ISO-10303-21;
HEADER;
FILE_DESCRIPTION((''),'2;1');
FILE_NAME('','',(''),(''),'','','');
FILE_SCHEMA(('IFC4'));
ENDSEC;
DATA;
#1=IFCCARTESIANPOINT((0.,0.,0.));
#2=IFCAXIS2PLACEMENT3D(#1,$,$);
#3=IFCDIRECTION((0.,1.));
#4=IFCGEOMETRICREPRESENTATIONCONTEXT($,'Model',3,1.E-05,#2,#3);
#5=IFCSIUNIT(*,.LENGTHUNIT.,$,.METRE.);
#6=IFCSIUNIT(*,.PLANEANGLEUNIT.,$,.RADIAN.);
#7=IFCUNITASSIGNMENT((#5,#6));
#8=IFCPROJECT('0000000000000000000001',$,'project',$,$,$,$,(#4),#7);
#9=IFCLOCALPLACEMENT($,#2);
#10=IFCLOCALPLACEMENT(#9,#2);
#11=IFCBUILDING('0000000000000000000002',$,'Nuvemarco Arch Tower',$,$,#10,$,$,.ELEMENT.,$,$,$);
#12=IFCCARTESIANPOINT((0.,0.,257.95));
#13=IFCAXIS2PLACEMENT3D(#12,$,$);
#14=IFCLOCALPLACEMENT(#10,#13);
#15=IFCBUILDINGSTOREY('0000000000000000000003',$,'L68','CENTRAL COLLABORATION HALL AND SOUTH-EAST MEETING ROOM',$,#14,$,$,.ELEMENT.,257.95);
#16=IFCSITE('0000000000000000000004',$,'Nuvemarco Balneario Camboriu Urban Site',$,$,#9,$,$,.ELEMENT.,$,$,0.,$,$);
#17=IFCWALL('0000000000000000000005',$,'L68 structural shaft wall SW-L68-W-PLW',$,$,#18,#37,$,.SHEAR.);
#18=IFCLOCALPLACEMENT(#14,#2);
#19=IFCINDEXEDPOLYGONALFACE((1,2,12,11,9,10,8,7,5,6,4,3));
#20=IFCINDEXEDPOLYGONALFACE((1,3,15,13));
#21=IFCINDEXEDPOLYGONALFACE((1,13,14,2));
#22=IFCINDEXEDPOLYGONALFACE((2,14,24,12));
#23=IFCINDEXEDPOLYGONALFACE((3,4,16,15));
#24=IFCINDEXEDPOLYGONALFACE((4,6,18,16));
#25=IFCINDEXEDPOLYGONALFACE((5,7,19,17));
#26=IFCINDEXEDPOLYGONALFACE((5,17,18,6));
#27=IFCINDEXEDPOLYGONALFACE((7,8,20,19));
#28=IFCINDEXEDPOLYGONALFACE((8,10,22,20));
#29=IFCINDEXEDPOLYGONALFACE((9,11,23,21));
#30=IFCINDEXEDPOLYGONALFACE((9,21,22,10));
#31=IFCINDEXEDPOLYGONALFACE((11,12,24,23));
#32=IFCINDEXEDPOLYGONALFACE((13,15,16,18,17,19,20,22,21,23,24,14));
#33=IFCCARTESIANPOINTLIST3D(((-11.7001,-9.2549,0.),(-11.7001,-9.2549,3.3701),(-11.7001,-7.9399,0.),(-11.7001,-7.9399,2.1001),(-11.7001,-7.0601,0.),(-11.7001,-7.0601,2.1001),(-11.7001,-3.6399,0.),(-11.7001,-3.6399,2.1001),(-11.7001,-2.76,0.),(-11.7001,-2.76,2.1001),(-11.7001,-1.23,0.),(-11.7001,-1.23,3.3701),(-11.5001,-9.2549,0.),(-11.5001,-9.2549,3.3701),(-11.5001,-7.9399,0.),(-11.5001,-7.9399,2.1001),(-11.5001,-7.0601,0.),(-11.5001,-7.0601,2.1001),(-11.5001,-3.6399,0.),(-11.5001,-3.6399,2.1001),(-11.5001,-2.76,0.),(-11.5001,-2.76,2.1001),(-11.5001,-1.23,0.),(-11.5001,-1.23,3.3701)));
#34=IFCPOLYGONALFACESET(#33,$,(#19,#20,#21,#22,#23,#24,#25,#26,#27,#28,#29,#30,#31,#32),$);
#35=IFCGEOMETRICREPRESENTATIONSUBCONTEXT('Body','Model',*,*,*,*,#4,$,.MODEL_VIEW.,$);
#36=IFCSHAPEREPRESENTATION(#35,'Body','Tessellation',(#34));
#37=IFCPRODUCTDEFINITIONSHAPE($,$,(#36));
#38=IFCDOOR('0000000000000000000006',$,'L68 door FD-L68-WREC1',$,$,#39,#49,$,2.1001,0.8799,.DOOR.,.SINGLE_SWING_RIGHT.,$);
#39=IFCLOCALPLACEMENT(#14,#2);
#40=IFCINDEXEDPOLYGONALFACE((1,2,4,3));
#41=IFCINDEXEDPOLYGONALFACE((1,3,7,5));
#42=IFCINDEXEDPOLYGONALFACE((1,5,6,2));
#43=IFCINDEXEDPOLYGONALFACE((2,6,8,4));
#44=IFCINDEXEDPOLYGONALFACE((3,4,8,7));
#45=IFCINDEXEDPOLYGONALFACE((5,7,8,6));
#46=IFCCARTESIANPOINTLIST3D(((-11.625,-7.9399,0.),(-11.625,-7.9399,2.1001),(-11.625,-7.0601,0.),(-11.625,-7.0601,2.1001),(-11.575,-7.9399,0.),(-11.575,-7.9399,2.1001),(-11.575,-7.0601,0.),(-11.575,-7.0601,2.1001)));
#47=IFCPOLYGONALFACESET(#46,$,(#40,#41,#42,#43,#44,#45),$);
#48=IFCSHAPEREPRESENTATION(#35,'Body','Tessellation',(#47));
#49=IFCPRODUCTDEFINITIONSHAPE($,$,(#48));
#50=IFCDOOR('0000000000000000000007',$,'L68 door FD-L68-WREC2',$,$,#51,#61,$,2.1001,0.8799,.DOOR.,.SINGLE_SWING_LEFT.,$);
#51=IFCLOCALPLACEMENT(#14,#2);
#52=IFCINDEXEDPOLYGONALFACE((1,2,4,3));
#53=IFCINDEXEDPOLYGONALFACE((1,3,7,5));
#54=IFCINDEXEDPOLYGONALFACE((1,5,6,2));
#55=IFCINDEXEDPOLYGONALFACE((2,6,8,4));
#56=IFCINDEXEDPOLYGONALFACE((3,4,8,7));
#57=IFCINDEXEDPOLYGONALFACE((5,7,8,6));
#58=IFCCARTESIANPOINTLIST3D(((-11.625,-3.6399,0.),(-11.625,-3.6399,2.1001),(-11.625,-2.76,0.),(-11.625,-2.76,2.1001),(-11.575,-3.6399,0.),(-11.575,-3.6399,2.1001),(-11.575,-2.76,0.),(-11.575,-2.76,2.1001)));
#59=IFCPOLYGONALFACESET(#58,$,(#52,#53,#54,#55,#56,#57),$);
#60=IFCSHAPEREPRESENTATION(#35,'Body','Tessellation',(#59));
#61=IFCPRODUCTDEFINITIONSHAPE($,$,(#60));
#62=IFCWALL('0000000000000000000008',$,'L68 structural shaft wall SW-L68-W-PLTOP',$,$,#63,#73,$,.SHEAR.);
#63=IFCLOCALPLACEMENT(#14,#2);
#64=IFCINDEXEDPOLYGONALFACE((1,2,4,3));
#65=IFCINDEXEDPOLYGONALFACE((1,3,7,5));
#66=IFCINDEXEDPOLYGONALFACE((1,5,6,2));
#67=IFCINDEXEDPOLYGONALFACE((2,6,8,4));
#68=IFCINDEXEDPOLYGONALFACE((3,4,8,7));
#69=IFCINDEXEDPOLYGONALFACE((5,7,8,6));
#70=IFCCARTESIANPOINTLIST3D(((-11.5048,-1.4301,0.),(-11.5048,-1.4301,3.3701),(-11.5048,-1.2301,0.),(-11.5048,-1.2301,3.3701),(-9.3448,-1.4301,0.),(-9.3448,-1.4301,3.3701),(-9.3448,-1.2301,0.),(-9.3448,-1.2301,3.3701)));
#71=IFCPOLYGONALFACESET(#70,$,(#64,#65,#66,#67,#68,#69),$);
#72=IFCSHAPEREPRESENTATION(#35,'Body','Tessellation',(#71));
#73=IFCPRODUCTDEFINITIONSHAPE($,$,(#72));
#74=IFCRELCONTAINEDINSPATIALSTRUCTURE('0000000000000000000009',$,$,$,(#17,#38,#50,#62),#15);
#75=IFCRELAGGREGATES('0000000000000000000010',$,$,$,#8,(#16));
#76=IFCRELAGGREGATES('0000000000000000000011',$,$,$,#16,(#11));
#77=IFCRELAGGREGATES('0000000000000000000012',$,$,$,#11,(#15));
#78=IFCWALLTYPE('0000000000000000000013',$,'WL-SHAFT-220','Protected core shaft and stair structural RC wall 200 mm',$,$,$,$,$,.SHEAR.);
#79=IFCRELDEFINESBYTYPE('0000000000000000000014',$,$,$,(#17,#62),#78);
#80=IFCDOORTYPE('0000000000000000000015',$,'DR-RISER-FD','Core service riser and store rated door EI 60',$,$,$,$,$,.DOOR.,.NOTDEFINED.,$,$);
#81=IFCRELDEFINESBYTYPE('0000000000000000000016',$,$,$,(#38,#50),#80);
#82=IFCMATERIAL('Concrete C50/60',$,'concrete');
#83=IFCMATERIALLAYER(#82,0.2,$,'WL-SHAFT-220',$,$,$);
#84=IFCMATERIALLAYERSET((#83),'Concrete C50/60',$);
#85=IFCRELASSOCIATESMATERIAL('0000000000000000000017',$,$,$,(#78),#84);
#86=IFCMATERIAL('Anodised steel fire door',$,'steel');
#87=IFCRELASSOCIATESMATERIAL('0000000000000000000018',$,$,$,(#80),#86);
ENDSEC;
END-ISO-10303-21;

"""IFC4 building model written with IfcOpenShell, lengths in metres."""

from ifc_helpers import new_model, si_unit, direction, frame, frame_2d, origin, place, context, subcontext, project, spatial, rectangle, extrude, source, transform, mapped, material, layer, layer_set, type_object, type_shapes, element, fill, save


model = new_model("IFC4")

# Units and contexts
model_context = context("Model", 3, precision=1e-05, world=origin(), true_north=direction((0.0, 1.0)))
body_context = subcontext(model_context, "Body", "Model", "MODEL_VIEW")
ifc_project = project(units=[si_unit("LENGTHUNIT", "METRE"), si_unit("PLANEANGLEUNIT", "RADIAN")], contexts=[model_context])

# Site, building, storey
site_placement = place(None, origin())
site = spatial("IfcSite", under=ifc_project, at=site_placement, Name="Nuvemarco Balneario Camboriu Urban Site", CompositionType="ELEMENT", RefElevation=0.0)
building_placement = place(site_placement, origin())
building = spatial("IfcBuilding", under=site, at=building_placement, Name="Nuvemarco Arch Tower", CompositionType="ELEMENT")
storey_placement = place(building_placement, frame((0.0, 0.0, 257.95)))
storey = spatial("IfcBuildingStorey", under=building, at=storey_placement, Name="L68", Description="CENTRAL COLLABORATION HALL AND SOUTH-EAST MEETING ROOM", CompositionType="ELEMENT", Elevation=257.95)

# Shared definitions
ifc_material_1 = material(Name="Concrete C50/60", Category="concrete")

# Shared definitions
ifc_material_2 = material(Name="Anodised steel fire door", Category="steel")

# Shared definitions
ifc_layer_1 = layer(ifc_material_1, 0.2, Name="WL-SHAFT-220")
ifc_layer_set_1 = layer_set([ifc_layer_1], Name="Concrete C50/60")
wall_type_1 = type_object("IfcWallType", Name="WL-SHAFT-220", Description="Protected core shaft and stair structural RC wall 200 mm", PredefinedType="SHEAR", material=ifc_layer_set_1)

# Shared definitions
door_type_1 = type_object("IfcDoorType", Name="DR-RISER-FD", Description="Core service riser and store rated door EI 60", OperationType="NOTDEFINED", PredefinedType="DOOR", material=ifc_material_2)
shared_shape_1 = source(origin(), body_context, "Body", "SweptSolid", [
    extrude(rectangle(XDim=0.8799, YDim=2.1001, at=frame_2d((0.4399, 1.05))), frame((0.0, 0.0249, 0.0), z_axis=(0.0, -1.0, 0.0), x_axis=(1.0, 0.0, 0.0)), (0.0, 0.0, 1.0), 0.05),
])
type_shapes(door_type_1, [shared_shape_1])

# Wall, openings, doors
wall_1_placement = place(storey_placement, frame((-11.6001, -9.2549, 0.0), z_axis=(0.0, 0.0, 1.0), x_axis=(0.0, 1.0, 0.0)))
wall_1 = element("IfcWall", 1, at=wall_1_placement, inside=storey, type_object=wall_type_1, Name="L68 structural shaft wall SW-L68-W-PLW", PredefinedType="SHEAR", context=body_context, shape_type="SweptSolid", body=[
    extrude(rectangle(XDim=8.0249, YDim=0.2, at=frame_2d((4.0125, 0.0))), origin(), (0.0, 0.0, 1.0), 3.3701),
])
opening_1_placement = place(wall_1_placement, frame((1.3149, 0.0, 0.0)))
opening_1 = element("IfcOpeningElement", 2, at=opening_1_placement, cuts=wall_1, PredefinedType="OPENING", context=body_context, shape_type="SweptSolid", body=[
    extrude(rectangle(XDim=0.8799, YDim=2.1001, at=frame_2d((0.4399, 1.05))), frame((0.0, 0.1099, 0.0), z_axis=(0.0, -1.0, 0.0), x_axis=(1.0, 0.0, 0.0)), (0.0, 0.0, 1.0), 0.22),
])
opening_2_placement = place(wall_1_placement, frame((5.615, 0.0, 0.0)))
opening_2 = element("IfcOpeningElement", 3, at=opening_2_placement, cuts=wall_1, PredefinedType="OPENING", context=body_context, shape_type="SweptSolid", body=[
    extrude(rectangle(XDim=0.8799, YDim=2.1001, at=frame_2d((0.4399, 1.05))), frame((0.0, 0.1099, 0.0), z_axis=(0.0, -1.0, 0.0), x_axis=(1.0, 0.0, 0.0)), (0.0, 0.0, 1.0), 0.22),
])
door_1_placement = place(opening_1_placement, origin())
door_1 = element("IfcDoor", 4, at=door_1_placement, inside=storey, type_object=door_type_1, Name="L68 door FD-L68-WREC1", OperationType="SINGLE_SWING_RIGHT", OverallHeight=2.1001, OverallWidth=0.8799, PredefinedType="DOOR", context=body_context, shape_type="MappedRepresentation", body=[
    mapped(shared_shape_1, transform((0.0, 0.0, 0.0), scale=1.0)),
])
fill(opening_1, door_1)
door_2_placement = place(opening_2_placement, origin())
door_2 = element("IfcDoor", 5, at=door_2_placement, inside=storey, type_object=door_type_1, Name="L68 door FD-L68-WREC2", OperationType="SINGLE_SWING_LEFT", OverallHeight=2.1001, OverallWidth=0.8799, PredefinedType="DOOR", context=body_context, shape_type="MappedRepresentation", body=[
    mapped(shared_shape_1, transform((0.0, 0.0, 0.0), scale=1.0)),
])
fill(opening_2, door_2)

# Wall
wall_2_placement = place(storey_placement, frame((-11.5049, -1.3301, 0.0), z_axis=(0.0, 0.0, 1.0), x_axis=(1.0, 0.0, 0.0)))
element("IfcWall", 6, at=wall_2_placement, inside=storey, type_object=wall_type_1, Name="L68 structural shaft wall SW-L68-W-PLTOP", PredefinedType="SHEAR", context=body_context, shape_type="SweptSolid", body=[
    extrude(rectangle(XDim=2.1599, YDim=0.2, at=frame_2d((1.0801, 0.0))), origin(), (0.0, 0.0, 1.0), 3.3701),
])

save(model, "model.ifc")
